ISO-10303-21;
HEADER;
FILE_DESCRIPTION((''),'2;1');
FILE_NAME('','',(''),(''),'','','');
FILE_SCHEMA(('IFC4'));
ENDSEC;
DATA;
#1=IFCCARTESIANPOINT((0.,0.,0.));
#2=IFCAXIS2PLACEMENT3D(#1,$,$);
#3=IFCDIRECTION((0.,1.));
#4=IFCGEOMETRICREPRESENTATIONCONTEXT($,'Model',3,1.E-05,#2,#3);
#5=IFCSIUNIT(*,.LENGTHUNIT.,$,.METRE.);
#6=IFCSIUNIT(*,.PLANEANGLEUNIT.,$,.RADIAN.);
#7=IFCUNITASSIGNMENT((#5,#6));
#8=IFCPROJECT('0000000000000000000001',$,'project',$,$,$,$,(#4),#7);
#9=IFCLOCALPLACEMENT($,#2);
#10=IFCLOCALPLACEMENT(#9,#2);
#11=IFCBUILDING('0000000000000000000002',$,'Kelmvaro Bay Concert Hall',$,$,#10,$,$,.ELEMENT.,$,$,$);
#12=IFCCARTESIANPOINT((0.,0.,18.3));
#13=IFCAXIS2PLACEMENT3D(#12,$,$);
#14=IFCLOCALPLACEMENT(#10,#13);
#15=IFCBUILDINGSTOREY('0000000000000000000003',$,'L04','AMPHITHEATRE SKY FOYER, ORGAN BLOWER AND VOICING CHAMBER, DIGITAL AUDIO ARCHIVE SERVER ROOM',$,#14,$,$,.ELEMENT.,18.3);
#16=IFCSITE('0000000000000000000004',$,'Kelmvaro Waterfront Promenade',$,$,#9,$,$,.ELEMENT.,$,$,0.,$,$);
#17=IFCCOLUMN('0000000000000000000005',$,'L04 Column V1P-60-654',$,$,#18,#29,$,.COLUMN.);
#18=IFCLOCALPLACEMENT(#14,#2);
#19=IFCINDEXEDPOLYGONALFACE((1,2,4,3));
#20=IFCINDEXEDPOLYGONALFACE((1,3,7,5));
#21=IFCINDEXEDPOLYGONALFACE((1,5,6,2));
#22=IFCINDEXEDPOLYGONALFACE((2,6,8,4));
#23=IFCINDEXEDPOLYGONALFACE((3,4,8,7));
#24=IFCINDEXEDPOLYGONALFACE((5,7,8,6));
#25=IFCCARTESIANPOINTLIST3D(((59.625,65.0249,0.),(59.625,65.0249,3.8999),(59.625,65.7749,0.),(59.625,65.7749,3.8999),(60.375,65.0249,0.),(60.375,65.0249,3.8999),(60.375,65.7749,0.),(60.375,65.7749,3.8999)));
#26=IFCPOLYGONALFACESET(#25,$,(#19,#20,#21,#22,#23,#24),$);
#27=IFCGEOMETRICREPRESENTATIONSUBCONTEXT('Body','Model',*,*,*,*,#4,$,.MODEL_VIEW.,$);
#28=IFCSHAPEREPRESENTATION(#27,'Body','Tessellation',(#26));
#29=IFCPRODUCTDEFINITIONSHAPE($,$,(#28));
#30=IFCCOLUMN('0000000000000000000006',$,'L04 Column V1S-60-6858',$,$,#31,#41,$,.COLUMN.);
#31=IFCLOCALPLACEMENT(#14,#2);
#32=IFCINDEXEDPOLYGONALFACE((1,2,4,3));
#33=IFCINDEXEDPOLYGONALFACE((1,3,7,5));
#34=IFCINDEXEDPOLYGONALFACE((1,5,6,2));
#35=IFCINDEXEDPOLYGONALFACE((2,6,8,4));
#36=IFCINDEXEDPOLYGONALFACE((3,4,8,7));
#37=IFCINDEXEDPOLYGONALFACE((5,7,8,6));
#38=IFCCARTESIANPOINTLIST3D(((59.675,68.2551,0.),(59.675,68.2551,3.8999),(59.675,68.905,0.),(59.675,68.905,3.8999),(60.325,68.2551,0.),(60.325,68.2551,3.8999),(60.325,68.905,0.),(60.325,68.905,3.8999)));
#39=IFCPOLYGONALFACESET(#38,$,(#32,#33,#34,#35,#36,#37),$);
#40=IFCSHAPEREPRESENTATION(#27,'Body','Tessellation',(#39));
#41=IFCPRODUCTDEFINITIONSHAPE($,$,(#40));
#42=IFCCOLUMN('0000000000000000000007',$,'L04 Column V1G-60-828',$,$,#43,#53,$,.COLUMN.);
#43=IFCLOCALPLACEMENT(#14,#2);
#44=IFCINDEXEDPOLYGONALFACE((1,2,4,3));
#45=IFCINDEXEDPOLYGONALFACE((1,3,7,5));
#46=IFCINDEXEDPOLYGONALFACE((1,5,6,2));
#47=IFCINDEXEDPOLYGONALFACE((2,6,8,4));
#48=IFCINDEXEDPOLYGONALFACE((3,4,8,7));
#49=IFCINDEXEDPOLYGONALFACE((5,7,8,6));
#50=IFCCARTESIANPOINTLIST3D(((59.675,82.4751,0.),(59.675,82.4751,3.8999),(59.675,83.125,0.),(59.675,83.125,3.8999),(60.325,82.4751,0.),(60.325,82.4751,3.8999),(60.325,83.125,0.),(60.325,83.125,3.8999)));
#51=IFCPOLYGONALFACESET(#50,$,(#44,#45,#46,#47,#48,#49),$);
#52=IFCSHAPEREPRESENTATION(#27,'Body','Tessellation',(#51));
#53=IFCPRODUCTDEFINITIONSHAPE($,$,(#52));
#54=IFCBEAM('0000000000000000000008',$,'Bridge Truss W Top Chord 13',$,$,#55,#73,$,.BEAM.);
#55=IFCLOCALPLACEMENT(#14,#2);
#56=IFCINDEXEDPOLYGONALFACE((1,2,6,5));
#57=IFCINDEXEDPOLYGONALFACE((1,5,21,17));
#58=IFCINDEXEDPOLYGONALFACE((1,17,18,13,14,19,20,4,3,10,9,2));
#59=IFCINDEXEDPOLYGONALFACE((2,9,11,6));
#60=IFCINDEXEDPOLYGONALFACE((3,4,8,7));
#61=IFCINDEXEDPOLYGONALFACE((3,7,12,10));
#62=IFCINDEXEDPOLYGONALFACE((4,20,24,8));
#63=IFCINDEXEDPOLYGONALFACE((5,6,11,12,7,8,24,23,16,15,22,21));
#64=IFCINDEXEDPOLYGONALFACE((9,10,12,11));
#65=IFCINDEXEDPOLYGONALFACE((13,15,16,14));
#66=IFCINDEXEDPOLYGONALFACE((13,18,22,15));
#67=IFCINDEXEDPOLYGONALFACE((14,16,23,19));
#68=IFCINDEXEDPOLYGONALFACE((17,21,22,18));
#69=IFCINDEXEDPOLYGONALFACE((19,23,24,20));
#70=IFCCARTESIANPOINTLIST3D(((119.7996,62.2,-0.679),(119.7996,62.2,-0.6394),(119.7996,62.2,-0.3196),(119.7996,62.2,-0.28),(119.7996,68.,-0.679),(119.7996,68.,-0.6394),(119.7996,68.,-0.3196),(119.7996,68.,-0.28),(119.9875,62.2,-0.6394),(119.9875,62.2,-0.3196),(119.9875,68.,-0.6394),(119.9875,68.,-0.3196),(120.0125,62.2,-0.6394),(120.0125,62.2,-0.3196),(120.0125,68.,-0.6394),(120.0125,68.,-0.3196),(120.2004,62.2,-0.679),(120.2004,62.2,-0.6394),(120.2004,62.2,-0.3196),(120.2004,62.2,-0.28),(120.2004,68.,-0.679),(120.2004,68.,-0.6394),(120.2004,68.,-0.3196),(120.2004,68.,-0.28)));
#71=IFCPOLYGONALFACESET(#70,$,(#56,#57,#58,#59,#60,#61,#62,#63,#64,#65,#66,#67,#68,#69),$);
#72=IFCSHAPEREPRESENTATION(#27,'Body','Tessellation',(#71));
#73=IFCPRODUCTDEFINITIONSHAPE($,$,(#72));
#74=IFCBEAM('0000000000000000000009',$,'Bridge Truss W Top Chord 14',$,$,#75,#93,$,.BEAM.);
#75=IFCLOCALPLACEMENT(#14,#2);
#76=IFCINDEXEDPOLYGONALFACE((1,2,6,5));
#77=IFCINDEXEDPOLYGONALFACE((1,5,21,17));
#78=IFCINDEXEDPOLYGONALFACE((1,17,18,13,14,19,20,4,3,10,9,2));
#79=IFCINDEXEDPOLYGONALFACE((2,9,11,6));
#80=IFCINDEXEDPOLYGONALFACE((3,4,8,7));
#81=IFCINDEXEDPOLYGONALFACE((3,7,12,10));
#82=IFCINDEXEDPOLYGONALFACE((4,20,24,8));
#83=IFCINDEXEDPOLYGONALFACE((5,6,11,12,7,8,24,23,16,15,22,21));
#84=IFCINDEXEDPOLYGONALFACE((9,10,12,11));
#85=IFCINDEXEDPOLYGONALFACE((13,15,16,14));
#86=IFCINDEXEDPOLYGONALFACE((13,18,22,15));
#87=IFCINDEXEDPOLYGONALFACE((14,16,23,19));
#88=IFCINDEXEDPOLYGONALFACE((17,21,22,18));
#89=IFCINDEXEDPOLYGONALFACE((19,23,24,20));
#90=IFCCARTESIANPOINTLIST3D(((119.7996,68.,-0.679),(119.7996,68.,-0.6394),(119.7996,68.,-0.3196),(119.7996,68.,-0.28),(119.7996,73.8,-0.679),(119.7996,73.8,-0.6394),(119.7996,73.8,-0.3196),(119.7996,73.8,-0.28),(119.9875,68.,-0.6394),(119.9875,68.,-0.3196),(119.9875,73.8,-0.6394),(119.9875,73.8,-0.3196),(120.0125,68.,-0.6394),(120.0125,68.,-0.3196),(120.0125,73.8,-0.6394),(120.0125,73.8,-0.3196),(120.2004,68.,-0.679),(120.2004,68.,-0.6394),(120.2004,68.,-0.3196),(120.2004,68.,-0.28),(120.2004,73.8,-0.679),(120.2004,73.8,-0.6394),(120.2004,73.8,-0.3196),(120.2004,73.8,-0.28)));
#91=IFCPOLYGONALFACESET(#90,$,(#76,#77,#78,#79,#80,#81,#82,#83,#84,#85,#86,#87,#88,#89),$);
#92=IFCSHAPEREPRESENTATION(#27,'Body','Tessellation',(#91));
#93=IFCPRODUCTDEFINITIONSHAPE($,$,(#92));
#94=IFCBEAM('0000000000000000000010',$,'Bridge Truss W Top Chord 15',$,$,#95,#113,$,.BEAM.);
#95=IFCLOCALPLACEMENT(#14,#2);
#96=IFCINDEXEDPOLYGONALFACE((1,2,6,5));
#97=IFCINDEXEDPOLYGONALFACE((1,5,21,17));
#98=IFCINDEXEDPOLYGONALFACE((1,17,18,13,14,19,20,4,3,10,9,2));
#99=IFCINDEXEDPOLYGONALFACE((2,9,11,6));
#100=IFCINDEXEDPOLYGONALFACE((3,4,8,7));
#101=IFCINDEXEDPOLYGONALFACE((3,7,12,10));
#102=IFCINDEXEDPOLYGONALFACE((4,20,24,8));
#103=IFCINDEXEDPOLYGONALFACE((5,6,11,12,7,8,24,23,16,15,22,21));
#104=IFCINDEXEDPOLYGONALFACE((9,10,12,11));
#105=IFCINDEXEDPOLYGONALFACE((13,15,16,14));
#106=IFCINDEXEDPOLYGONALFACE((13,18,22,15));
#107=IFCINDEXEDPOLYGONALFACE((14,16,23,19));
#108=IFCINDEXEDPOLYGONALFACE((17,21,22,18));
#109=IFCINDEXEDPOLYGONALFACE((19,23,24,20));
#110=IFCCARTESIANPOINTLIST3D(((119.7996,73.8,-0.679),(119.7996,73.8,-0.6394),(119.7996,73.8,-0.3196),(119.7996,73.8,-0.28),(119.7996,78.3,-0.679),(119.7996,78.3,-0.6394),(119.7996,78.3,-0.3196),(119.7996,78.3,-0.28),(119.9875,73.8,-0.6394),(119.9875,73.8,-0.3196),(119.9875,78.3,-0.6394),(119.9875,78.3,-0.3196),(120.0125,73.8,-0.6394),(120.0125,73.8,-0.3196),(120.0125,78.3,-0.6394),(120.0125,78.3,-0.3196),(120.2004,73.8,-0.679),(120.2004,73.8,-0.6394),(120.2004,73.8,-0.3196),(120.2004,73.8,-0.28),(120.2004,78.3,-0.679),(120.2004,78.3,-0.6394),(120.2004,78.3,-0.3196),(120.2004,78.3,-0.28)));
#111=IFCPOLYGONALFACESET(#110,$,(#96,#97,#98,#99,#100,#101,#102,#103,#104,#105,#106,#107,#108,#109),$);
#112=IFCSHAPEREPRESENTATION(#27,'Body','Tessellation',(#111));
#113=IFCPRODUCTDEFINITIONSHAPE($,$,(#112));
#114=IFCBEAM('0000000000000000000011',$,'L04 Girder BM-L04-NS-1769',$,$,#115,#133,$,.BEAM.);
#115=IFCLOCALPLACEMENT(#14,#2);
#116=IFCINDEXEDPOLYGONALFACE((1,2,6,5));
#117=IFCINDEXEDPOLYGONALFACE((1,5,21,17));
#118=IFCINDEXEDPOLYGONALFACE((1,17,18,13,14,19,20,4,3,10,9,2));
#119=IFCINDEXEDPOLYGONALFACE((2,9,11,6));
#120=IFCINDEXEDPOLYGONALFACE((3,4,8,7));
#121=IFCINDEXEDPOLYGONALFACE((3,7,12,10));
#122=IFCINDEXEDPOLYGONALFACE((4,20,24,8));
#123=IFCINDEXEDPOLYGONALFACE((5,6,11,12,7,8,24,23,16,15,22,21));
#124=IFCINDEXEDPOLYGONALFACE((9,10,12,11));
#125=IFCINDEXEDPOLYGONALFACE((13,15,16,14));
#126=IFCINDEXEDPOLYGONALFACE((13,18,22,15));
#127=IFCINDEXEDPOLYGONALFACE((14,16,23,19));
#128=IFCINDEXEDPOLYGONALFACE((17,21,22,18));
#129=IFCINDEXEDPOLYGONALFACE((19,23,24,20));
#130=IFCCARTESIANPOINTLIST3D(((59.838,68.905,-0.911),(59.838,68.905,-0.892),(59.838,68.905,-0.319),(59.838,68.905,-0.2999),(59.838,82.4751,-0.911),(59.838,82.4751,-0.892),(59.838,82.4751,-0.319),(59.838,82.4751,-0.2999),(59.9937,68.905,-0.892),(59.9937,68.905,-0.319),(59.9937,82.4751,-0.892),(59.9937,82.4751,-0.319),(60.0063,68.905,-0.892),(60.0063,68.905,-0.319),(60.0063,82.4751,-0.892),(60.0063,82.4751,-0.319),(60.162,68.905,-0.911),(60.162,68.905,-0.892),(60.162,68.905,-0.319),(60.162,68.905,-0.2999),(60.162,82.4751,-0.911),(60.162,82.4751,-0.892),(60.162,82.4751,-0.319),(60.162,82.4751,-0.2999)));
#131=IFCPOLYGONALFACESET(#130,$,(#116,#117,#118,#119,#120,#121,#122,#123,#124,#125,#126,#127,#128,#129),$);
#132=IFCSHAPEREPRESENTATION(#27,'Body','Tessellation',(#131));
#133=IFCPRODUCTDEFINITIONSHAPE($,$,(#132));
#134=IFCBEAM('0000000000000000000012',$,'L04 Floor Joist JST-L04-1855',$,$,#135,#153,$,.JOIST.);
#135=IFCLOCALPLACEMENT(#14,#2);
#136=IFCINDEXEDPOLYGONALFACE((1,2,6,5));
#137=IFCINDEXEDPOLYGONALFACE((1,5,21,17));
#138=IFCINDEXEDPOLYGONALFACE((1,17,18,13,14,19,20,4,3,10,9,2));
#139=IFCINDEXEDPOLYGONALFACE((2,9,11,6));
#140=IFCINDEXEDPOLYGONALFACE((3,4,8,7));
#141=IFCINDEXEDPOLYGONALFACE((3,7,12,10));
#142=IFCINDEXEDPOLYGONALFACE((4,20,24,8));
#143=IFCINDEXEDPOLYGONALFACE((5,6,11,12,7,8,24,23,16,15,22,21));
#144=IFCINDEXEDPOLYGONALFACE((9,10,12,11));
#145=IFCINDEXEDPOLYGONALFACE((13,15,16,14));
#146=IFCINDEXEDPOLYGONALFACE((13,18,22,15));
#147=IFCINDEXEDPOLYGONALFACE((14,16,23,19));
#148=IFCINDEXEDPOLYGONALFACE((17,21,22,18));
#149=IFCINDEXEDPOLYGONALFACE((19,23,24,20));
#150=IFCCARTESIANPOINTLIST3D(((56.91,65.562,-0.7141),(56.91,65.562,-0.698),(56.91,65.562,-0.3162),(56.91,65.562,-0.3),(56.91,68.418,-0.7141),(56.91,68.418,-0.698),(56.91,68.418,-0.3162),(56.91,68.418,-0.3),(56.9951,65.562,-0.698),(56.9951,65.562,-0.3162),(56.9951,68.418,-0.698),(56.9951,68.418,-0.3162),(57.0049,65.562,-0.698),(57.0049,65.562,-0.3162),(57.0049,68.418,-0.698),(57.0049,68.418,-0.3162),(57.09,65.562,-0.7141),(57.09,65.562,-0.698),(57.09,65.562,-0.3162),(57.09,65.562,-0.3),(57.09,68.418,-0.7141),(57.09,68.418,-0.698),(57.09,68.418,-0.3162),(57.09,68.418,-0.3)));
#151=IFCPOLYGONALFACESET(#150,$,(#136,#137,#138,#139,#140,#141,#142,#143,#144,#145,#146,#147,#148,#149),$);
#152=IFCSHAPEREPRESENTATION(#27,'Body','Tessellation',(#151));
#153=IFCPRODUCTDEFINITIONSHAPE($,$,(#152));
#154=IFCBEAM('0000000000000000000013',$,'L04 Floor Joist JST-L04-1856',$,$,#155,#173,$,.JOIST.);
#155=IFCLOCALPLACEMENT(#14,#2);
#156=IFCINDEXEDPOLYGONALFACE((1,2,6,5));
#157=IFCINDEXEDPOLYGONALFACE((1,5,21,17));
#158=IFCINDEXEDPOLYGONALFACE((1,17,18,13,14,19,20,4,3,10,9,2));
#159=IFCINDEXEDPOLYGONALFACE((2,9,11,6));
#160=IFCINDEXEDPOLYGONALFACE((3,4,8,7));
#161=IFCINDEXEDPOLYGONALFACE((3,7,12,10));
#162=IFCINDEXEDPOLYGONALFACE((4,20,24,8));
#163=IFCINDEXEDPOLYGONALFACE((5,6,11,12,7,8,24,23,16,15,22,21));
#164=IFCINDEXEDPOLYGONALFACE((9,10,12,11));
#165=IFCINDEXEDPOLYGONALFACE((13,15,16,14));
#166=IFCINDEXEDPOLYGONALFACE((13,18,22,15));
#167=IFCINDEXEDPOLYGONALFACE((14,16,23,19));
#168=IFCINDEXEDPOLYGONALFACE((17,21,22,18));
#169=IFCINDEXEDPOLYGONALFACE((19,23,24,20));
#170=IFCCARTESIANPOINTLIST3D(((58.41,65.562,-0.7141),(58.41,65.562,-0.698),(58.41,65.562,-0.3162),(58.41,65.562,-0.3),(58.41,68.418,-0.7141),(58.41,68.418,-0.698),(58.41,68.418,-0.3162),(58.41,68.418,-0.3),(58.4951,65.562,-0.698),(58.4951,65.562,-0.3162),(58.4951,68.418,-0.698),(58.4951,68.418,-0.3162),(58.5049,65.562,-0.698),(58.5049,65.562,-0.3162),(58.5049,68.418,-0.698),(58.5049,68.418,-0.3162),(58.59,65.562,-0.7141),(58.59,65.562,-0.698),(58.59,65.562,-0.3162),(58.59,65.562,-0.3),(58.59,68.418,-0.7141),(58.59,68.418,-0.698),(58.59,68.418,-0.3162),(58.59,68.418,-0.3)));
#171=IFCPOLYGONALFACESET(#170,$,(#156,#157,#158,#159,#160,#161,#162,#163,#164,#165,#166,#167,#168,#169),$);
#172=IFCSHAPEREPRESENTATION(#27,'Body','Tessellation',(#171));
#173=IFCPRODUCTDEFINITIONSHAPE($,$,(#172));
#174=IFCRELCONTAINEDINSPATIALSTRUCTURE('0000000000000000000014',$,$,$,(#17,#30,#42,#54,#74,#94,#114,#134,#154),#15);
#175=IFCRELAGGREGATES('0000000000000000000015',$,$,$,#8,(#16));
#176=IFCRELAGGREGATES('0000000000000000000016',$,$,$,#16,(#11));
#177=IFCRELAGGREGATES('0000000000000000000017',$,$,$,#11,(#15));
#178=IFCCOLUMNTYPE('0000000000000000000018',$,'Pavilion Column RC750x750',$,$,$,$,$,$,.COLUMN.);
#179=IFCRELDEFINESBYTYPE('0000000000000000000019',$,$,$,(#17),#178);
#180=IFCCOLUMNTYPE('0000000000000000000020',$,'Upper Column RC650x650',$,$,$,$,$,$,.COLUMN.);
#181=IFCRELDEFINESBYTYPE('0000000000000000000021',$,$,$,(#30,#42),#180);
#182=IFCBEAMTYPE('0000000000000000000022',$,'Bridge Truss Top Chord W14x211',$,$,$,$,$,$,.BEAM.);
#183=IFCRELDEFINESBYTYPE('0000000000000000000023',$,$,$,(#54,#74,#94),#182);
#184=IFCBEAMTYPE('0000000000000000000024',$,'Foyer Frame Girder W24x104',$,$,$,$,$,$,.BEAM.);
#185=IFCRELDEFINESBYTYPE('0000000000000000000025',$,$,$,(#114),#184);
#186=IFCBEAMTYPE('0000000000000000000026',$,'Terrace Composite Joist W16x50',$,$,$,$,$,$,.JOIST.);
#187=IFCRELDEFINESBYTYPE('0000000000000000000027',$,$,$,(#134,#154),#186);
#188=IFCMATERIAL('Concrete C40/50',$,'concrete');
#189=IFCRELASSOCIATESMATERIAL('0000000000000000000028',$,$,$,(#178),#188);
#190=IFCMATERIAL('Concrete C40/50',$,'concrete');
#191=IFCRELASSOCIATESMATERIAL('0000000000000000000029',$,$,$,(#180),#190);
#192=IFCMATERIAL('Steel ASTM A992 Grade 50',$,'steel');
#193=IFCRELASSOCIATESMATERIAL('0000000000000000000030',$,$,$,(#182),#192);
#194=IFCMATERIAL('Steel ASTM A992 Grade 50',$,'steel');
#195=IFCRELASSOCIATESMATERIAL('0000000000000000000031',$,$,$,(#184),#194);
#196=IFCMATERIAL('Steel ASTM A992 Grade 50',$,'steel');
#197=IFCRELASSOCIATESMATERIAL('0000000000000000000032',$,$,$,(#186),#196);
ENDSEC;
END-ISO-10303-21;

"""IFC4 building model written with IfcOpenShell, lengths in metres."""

from ifc_helpers import new_model, si_unit, direction, frame, origin, origin_2d, place, context, subcontext, project, spatial, rectangle, i_section, extrude, material, material_profile, profile_set, type_object, element, save


model = new_model("IFC4")

# Units and contexts
model_context = context("Model", 3, precision=1e-05, world=origin(), true_north=direction((0.0, 1.0)))
body_context = subcontext(model_context, "Body", "Model", "MODEL_VIEW")
ifc_project = project(units=[si_unit("LENGTHUNIT", "METRE"), si_unit("PLANEANGLEUNIT", "RADIAN")], contexts=[model_context])

# Site, building, storey
site_placement = place(None, origin())
site = spatial("IfcSite", under=ifc_project, at=site_placement, Name="Kelmvaro Waterfront Promenade", CompositionType="ELEMENT", RefElevation=0.0)
building_placement = place(site_placement, origin())
building = spatial("IfcBuilding", under=site, at=building_placement, Name="Kelmvaro Bay Concert Hall", CompositionType="ELEMENT")
storey_placement = place(building_placement, frame((0.0, 0.0, 18.3)))
storey = spatial("IfcBuildingStorey", under=building, at=storey_placement, Name="L04", Description="AMPHITHEATRE SKY FOYER, ORGAN BLOWER AND VOICING CHAMBER, DIGITAL AUDIO ARCHIVE SERVER ROOM", CompositionType="ELEMENT", Elevation=18.3)

# Columns
ifc_material_1 = material(Name="Concrete C40/50", Category="concrete")
ifc_material_profile_1 = material_profile(ifc_material_1, rectangle(XDim=0.75, YDim=0.75, at=origin_2d()), Name="RC-COL-750X750")
ifc_profile_set_1 = profile_set([ifc_material_profile_1], Name="Concrete C40/50")
column_type_1 = type_object("IfcColumnType", Name="Pavilion Column RC750x750", PredefinedType="COLUMN", material=ifc_profile_set_1)
column_placement = place(storey_placement, frame((60.0, 65.3999, 0.0), z_axis=(0.0, 0.0, 1.0), x_axis=(1.0, 0.0, 0.0)))
element("IfcColumn", 1, at=column_placement, inside=storey, type_object=column_type_1, Name="L04 Column V1P-60-654", PredefinedType="COLUMN", context=body_context, shape_type="SweptSolid", body=[
    extrude(rectangle(XDim=0.75, YDim=0.75, at=origin_2d()), origin(), (0.0, 0.0, 1.0), 3.8999),
])
ifc_material_2 = material(Name="Concrete C40/50", Category="concrete")
ifc_material_profile_2 = material_profile(ifc_material_2, rectangle(XDim=0.6499, YDim=0.6499, at=origin_2d()), Name="RC-COL-650X650")
ifc_profile_set_2 = profile_set([ifc_material_profile_2], Name="Concrete C40/50")
column_type_2 = type_object("IfcColumnType", Name="Upper Column RC650x650", PredefinedType="COLUMN", material=ifc_profile_set_2)
for number, where, z_axis, x_axis, name in (
    (2, (60.0, 68.5801, 0.0), (0.0, 0.0, 1.0), (1.0, 0.0, 0.0), "L04 Column V1S-60-6858"),
    (3, (60.0, 82.8, 0.0), (0.0, 0.0, 1.0), (1.0, 0.0, 0.0), "L04 Column V1G-60-828"),
):
    element("IfcColumn", number, at=place(storey_placement, frame(where, z_axis=z_axis, x_axis=x_axis)), inside=storey, type_object=column_type_2, Name=name, PredefinedType="COLUMN", context=body_context, shape_type="SweptSolid", body=[
        extrude(rectangle(XDim=0.6499, YDim=0.6499, at=origin_2d()), origin(), (0.0, 0.0, 1.0), 3.8999),
    ])

# Beams
ifc_material_3 = material(Name="Steel ASTM A992 Grade 50", Category="steel")
ifc_material_profile_3 = material_profile(ifc_material_3, i_section(OverallWidth=0.4009, OverallDepth=0.3989, WebThickness=0.0249, FlangeThickness=0.0396, at=origin_2d()), Name="W14X211")
ifc_profile_set_3 = profile_set([ifc_material_profile_3], Name="Steel ASTM A992 Grade 50")
beam_type_1 = type_object("IfcBeamType", Name="Bridge Truss Top Chord W14x211", PredefinedType="BEAM", material=ifc_profile_set_3)
for number, where, z_axis, x_axis, name in (
    (4, (120.0, 62.2, -0.4795), (0.0, 1.0, 0.0), (-1.0, 0.0, 0.0), "Bridge Truss W Top Chord 13"),
    (5, (120.0, 68.0, -0.4795), (0.0, 1.0, 0.0), (-1.0, 0.0, 0.0), "Bridge Truss W Top Chord 14"),
):
    element("IfcBeam", number, at=place(storey_placement, frame(where, z_axis=z_axis, x_axis=x_axis)), inside=storey, type_object=beam_type_1, Name=name, PredefinedType="BEAM", context=body_context, shape_type="SweptSolid", body=[
        extrude(i_section(OverallWidth=0.4009, OverallDepth=0.3989, WebThickness=0.0249, FlangeThickness=0.0396, at=origin_2d()), origin(), (0.0, 0.0, 1.0), 5.8),
    ])
beam_1_placement = place(storey_placement, frame((120.0, 73.8, -0.4795), z_axis=(0.0, 1.0, 0.0), x_axis=(-1.0, 0.0, 0.0)))
element("IfcBeam", 6, at=beam_1_placement, inside=storey, type_object=beam_type_1, Name="Bridge Truss W Top Chord 15", PredefinedType="BEAM", context=body_context, shape_type="SweptSolid", body=[
    extrude(i_section(OverallWidth=0.4009, OverallDepth=0.3989, WebThickness=0.0249, FlangeThickness=0.0396, at=origin_2d()), origin(), (0.0, 0.0, 1.0), 4.5),
])
ifc_material_4 = material(Name="Steel ASTM A992 Grade 50", Category="steel")
ifc_material_profile_4 = material_profile(ifc_material_4, i_section(OverallWidth=0.324, OverallDepth=0.6111, WebThickness=0.0127, FlangeThickness=0.019, at=origin_2d()), Name="W24X104")
ifc_profile_set_4 = profile_set([ifc_material_profile_4], Name="Steel ASTM A992 Grade 50")
beam_type_2 = type_object("IfcBeamType", Name="Foyer Frame Girder W24x104", PredefinedType="BEAM", material=ifc_profile_set_4)
beam_2_placement = place(storey_placement, frame((60.0, 68.905, -0.6055), z_axis=(0.0, 1.0, 0.0), x_axis=(-1.0, 0.0, 0.0)))
element("IfcBeam", 7, at=beam_2_placement, inside=storey, type_object=beam_type_2, Name="L04 Girder BM-L04-NS-1769", PredefinedType="BEAM", context=body_context, shape_type="SweptSolid", body=[
    extrude(i_section(OverallWidth=0.324, OverallDepth=0.6111, WebThickness=0.0127, FlangeThickness=0.019, at=origin_2d()), origin(), (0.0, 0.0, 1.0), 13.5701),
])
ifc_material_5 = material(Name="Steel ASTM A992 Grade 50", Category="steel")
ifc_material_profile_5 = material_profile(ifc_material_5, i_section(OverallWidth=0.1799, OverallDepth=0.4141, WebThickness=0.0098, FlangeThickness=0.0161, at=origin_2d()), Name="W16X50")
ifc_profile_set_5 = profile_set([ifc_material_profile_5], Name="Steel ASTM A992 Grade 50")
beam_type_3 = type_object("IfcBeamType", Name="Terrace Composite Joist W16x50", PredefinedType="JOIST", material=ifc_profile_set_5)
for number, where, z_axis, x_axis, name in (
    (8, (57.0, 65.562, -0.5071), (0.0, 1.0, 0.0), (-1.0, 0.0, 0.0), "L04 Floor Joist JST-L04-1855"),
    (9, (58.5, 65.562, -0.5071), (0.0, 1.0, 0.0), (-1.0, 0.0, 0.0), "L04 Floor Joist JST-L04-1856"),
):
    element("IfcBeam", number, at=place(storey_placement, frame(where, z_axis=z_axis, x_axis=x_axis)), inside=storey, type_object=beam_type_3, Name=name, PredefinedType="JOIST", context=body_context, shape_type="SweptSolid", body=[
        extrude(i_section(OverallWidth=0.1799, OverallDepth=0.4141, WebThickness=0.0098, FlangeThickness=0.0161, at=origin_2d()), origin(), (0.0, 0.0, 1.0), 2.856),
    ])

save(model, "model.ifc")
